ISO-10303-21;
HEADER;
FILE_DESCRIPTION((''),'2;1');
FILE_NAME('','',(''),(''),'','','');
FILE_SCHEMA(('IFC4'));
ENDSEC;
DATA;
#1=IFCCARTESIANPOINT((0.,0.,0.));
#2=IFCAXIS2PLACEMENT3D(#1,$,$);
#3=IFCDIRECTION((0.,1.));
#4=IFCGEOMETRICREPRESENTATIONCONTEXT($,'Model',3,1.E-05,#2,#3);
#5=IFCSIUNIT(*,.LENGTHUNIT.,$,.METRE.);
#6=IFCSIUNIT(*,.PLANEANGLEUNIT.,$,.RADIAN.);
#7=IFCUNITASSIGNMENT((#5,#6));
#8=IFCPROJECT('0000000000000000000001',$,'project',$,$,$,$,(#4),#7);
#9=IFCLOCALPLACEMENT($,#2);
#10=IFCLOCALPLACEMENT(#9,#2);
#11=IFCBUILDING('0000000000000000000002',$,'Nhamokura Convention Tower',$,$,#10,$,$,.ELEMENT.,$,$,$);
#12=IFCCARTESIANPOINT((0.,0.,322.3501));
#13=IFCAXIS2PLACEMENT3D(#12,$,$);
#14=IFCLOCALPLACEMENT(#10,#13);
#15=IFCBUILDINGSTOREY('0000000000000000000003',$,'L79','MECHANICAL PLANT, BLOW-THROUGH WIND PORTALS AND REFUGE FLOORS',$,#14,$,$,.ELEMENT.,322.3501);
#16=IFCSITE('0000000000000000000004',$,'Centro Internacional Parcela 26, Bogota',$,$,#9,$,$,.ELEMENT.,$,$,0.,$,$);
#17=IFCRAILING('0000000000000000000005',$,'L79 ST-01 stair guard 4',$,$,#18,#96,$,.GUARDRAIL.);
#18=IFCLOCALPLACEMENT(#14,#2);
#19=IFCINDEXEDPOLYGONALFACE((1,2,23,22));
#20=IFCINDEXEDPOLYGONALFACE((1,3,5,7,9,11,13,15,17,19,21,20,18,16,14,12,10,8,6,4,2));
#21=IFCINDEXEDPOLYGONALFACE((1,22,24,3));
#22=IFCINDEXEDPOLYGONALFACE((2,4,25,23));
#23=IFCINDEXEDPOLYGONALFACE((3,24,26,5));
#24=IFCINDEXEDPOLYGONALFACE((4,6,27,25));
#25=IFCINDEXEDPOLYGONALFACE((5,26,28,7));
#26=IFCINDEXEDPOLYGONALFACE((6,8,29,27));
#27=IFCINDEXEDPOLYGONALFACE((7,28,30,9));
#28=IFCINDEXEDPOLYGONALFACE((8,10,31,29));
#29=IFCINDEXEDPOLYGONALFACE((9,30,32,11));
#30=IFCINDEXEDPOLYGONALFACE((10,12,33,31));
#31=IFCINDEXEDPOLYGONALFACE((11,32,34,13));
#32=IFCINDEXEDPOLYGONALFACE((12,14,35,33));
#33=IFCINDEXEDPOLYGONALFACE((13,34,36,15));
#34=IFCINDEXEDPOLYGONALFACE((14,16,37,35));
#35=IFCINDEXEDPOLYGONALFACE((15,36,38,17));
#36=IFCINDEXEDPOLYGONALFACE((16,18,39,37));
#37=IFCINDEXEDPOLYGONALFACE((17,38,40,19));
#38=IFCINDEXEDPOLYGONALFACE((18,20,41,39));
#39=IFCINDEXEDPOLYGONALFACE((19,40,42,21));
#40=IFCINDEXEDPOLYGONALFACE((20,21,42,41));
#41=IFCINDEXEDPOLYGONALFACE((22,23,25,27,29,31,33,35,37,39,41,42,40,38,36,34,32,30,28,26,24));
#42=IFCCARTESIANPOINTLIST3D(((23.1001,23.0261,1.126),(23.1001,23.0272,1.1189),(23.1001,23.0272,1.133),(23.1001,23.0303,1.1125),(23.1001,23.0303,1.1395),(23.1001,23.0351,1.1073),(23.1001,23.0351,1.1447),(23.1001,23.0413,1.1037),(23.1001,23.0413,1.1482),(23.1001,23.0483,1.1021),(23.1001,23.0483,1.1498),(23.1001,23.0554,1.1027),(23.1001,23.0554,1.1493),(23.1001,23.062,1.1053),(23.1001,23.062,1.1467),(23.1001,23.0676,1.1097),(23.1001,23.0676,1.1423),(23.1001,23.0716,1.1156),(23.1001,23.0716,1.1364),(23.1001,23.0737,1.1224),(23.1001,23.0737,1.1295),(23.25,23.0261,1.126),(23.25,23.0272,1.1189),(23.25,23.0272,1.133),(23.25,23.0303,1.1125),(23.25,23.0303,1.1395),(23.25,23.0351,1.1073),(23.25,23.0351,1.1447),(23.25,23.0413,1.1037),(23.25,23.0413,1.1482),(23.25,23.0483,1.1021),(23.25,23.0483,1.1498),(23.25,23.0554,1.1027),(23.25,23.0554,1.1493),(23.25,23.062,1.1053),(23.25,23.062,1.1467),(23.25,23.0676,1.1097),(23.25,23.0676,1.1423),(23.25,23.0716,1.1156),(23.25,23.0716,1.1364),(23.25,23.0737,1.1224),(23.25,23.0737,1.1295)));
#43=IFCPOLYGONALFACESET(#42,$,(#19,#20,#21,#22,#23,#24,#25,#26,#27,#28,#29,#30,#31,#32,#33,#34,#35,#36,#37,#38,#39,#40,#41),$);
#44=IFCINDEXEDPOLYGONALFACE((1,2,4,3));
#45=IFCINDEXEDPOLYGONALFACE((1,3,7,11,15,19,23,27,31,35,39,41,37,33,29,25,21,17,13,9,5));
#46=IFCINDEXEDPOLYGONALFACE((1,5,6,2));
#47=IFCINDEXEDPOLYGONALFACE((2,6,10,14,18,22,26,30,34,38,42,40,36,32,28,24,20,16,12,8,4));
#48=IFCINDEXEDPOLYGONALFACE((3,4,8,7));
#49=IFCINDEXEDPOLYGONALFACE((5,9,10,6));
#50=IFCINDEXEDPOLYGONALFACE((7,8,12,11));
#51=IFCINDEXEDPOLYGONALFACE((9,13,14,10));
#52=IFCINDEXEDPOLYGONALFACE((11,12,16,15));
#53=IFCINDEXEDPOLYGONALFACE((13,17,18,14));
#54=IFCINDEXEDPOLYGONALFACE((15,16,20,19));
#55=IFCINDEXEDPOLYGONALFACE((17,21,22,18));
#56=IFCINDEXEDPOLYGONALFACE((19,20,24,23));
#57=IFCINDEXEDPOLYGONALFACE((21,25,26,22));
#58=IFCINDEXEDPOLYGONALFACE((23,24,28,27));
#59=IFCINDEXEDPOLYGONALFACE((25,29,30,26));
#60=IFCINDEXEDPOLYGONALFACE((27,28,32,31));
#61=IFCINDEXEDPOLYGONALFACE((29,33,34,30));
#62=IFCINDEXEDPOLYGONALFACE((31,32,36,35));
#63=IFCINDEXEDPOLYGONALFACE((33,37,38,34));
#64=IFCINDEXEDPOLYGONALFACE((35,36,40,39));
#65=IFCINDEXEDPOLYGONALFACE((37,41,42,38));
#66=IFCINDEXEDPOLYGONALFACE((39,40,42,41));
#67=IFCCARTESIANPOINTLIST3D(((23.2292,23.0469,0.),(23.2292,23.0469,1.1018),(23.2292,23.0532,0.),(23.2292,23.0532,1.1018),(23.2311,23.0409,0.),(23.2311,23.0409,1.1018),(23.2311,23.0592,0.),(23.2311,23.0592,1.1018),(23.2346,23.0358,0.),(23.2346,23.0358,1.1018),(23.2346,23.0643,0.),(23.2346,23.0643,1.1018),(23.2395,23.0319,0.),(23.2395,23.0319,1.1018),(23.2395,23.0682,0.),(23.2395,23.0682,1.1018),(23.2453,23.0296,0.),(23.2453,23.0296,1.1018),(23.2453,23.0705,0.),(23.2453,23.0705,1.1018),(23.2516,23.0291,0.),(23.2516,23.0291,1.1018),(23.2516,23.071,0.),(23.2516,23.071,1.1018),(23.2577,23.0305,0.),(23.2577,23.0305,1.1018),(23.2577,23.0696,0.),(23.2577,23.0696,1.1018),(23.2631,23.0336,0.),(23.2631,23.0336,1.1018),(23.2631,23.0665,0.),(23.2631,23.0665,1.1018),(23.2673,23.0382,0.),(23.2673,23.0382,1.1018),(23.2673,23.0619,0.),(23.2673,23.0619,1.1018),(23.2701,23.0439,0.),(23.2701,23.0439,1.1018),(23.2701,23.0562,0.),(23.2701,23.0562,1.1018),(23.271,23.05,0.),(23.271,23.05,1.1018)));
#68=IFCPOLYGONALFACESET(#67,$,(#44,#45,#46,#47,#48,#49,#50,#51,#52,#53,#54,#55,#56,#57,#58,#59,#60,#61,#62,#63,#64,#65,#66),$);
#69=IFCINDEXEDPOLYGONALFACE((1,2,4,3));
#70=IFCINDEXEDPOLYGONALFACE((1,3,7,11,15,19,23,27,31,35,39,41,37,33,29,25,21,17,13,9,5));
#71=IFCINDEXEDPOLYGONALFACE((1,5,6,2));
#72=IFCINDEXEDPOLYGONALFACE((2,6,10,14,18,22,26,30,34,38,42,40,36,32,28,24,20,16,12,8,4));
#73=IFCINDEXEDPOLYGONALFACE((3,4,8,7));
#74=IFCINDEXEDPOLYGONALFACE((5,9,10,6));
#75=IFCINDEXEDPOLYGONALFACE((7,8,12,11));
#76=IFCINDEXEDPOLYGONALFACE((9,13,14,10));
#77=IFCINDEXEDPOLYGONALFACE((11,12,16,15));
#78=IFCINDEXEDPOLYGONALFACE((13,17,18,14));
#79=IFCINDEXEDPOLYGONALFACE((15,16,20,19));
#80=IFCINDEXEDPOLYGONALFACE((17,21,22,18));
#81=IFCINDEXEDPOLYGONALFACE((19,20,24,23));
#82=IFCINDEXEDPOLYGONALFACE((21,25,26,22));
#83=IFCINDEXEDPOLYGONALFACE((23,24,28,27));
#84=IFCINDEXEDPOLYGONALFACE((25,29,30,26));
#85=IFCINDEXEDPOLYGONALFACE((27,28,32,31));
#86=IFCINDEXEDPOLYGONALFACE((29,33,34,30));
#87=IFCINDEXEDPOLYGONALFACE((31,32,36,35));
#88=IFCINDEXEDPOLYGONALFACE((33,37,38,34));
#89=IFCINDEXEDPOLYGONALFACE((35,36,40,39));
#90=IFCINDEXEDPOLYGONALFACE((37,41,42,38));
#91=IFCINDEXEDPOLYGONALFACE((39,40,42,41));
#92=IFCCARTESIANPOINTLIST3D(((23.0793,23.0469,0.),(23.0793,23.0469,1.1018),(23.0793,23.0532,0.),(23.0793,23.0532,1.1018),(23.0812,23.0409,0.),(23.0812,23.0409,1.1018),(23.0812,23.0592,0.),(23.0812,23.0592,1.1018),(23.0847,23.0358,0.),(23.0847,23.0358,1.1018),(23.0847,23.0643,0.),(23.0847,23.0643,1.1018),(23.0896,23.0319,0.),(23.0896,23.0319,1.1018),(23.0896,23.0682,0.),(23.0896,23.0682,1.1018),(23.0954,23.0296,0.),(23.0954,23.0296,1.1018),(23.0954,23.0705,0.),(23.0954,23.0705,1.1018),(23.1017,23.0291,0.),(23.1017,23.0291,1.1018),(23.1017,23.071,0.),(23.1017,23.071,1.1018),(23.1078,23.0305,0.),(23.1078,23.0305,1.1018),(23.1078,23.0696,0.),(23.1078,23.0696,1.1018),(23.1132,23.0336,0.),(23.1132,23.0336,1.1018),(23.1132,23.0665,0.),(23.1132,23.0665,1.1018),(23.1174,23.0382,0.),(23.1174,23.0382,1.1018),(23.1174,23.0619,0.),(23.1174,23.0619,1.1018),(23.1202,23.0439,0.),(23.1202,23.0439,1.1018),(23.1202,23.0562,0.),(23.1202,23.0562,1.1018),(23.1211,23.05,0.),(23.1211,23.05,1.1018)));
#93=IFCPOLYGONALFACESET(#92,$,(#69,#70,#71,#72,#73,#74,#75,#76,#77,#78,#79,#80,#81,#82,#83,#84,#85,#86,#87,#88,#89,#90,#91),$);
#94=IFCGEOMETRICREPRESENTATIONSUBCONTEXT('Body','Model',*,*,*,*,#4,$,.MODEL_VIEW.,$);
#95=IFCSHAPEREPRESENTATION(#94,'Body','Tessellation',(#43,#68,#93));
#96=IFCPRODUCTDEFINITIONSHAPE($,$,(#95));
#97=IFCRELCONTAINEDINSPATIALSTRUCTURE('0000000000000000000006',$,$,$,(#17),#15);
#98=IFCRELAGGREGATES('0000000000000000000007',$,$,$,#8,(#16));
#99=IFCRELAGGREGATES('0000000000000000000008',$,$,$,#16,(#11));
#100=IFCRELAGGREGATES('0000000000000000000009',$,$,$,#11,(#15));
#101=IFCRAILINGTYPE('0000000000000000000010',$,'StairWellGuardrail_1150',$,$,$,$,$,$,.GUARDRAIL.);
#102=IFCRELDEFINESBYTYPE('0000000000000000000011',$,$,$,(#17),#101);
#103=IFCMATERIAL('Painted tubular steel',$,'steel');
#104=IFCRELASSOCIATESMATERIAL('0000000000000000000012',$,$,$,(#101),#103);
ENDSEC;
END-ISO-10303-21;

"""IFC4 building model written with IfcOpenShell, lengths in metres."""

from ifc_helpers import new_model, si_unit, direction, frame, origin, origin_2d, place, context, subcontext, project, spatial, circle, extrude, material, type_object, element, save


model = new_model("IFC4")

# Units and contexts
model_context = context("Model", 3, precision=1e-05, world=origin(), true_north=direction((0.0, 1.0)))
body_context = subcontext(model_context, "Body", "Model", "MODEL_VIEW")
ifc_project = project(units=[si_unit("LENGTHUNIT", "METRE"), si_unit("PLANEANGLEUNIT", "RADIAN")], contexts=[model_context])

# Site, building, storey
site_placement = place(None, origin())
site = spatial("IfcSite", under=ifc_project, at=site_placement, Name="Centro Internacional Parcela 26, Bogota", CompositionType="ELEMENT", RefElevation=0.0)
building_placement = place(site_placement, origin())
building = spatial("IfcBuilding", under=site, at=building_placement, Name="Nhamokura Convention Tower", CompositionType="ELEMENT")
storey_placement = place(building_placement, frame((0.0, 0.0, 322.3501)))
storey = spatial("IfcBuildingStorey", under=building, at=storey_placement, Name="L79", Description="MECHANICAL PLANT, BLOW-THROUGH WIND PORTALS AND REFUGE FLOORS", CompositionType="ELEMENT", Elevation=322.3501)

# Railing
ifc_material_1 = material(Name="Painted tubular steel", Category="steel")
railing_type_1 = type_object("IfcRailingType", Name="StairWellGuardrail_1150", PredefinedType="GUARDRAIL", material=ifc_material_1)
railing_1_placement = place(storey_placement, frame((23.25, 23.05, 0.0)))
element("IfcRailing", 1, at=railing_1_placement, inside=storey, type_object=railing_type_1, Name="L79 ST-01 stair guard 4", PredefinedType="GUARDRAIL", context=body_context, shape_type="SweptSolid", body=[
    extrude(circle(Radius=0.0239, at=origin_2d()), frame((0.0, 0.0, 1.126), z_axis=(-1.0, 0.0, 0.0), x_axis=(0.0, -1.0, 0.0)), (0.0, 0.0, 1.0), 0.1499),
    extrude(circle(Radius=0.021, at=origin_2d()), origin(), (0.0, 0.0, 1.0), 1.1018),
    extrude(circle(Radius=0.021, at=origin_2d()), frame((-0.1499, 0.0, 0.0)), (0.0, 0.0, 1.0), 1.1018),
])

save(model, "model.ifc")
